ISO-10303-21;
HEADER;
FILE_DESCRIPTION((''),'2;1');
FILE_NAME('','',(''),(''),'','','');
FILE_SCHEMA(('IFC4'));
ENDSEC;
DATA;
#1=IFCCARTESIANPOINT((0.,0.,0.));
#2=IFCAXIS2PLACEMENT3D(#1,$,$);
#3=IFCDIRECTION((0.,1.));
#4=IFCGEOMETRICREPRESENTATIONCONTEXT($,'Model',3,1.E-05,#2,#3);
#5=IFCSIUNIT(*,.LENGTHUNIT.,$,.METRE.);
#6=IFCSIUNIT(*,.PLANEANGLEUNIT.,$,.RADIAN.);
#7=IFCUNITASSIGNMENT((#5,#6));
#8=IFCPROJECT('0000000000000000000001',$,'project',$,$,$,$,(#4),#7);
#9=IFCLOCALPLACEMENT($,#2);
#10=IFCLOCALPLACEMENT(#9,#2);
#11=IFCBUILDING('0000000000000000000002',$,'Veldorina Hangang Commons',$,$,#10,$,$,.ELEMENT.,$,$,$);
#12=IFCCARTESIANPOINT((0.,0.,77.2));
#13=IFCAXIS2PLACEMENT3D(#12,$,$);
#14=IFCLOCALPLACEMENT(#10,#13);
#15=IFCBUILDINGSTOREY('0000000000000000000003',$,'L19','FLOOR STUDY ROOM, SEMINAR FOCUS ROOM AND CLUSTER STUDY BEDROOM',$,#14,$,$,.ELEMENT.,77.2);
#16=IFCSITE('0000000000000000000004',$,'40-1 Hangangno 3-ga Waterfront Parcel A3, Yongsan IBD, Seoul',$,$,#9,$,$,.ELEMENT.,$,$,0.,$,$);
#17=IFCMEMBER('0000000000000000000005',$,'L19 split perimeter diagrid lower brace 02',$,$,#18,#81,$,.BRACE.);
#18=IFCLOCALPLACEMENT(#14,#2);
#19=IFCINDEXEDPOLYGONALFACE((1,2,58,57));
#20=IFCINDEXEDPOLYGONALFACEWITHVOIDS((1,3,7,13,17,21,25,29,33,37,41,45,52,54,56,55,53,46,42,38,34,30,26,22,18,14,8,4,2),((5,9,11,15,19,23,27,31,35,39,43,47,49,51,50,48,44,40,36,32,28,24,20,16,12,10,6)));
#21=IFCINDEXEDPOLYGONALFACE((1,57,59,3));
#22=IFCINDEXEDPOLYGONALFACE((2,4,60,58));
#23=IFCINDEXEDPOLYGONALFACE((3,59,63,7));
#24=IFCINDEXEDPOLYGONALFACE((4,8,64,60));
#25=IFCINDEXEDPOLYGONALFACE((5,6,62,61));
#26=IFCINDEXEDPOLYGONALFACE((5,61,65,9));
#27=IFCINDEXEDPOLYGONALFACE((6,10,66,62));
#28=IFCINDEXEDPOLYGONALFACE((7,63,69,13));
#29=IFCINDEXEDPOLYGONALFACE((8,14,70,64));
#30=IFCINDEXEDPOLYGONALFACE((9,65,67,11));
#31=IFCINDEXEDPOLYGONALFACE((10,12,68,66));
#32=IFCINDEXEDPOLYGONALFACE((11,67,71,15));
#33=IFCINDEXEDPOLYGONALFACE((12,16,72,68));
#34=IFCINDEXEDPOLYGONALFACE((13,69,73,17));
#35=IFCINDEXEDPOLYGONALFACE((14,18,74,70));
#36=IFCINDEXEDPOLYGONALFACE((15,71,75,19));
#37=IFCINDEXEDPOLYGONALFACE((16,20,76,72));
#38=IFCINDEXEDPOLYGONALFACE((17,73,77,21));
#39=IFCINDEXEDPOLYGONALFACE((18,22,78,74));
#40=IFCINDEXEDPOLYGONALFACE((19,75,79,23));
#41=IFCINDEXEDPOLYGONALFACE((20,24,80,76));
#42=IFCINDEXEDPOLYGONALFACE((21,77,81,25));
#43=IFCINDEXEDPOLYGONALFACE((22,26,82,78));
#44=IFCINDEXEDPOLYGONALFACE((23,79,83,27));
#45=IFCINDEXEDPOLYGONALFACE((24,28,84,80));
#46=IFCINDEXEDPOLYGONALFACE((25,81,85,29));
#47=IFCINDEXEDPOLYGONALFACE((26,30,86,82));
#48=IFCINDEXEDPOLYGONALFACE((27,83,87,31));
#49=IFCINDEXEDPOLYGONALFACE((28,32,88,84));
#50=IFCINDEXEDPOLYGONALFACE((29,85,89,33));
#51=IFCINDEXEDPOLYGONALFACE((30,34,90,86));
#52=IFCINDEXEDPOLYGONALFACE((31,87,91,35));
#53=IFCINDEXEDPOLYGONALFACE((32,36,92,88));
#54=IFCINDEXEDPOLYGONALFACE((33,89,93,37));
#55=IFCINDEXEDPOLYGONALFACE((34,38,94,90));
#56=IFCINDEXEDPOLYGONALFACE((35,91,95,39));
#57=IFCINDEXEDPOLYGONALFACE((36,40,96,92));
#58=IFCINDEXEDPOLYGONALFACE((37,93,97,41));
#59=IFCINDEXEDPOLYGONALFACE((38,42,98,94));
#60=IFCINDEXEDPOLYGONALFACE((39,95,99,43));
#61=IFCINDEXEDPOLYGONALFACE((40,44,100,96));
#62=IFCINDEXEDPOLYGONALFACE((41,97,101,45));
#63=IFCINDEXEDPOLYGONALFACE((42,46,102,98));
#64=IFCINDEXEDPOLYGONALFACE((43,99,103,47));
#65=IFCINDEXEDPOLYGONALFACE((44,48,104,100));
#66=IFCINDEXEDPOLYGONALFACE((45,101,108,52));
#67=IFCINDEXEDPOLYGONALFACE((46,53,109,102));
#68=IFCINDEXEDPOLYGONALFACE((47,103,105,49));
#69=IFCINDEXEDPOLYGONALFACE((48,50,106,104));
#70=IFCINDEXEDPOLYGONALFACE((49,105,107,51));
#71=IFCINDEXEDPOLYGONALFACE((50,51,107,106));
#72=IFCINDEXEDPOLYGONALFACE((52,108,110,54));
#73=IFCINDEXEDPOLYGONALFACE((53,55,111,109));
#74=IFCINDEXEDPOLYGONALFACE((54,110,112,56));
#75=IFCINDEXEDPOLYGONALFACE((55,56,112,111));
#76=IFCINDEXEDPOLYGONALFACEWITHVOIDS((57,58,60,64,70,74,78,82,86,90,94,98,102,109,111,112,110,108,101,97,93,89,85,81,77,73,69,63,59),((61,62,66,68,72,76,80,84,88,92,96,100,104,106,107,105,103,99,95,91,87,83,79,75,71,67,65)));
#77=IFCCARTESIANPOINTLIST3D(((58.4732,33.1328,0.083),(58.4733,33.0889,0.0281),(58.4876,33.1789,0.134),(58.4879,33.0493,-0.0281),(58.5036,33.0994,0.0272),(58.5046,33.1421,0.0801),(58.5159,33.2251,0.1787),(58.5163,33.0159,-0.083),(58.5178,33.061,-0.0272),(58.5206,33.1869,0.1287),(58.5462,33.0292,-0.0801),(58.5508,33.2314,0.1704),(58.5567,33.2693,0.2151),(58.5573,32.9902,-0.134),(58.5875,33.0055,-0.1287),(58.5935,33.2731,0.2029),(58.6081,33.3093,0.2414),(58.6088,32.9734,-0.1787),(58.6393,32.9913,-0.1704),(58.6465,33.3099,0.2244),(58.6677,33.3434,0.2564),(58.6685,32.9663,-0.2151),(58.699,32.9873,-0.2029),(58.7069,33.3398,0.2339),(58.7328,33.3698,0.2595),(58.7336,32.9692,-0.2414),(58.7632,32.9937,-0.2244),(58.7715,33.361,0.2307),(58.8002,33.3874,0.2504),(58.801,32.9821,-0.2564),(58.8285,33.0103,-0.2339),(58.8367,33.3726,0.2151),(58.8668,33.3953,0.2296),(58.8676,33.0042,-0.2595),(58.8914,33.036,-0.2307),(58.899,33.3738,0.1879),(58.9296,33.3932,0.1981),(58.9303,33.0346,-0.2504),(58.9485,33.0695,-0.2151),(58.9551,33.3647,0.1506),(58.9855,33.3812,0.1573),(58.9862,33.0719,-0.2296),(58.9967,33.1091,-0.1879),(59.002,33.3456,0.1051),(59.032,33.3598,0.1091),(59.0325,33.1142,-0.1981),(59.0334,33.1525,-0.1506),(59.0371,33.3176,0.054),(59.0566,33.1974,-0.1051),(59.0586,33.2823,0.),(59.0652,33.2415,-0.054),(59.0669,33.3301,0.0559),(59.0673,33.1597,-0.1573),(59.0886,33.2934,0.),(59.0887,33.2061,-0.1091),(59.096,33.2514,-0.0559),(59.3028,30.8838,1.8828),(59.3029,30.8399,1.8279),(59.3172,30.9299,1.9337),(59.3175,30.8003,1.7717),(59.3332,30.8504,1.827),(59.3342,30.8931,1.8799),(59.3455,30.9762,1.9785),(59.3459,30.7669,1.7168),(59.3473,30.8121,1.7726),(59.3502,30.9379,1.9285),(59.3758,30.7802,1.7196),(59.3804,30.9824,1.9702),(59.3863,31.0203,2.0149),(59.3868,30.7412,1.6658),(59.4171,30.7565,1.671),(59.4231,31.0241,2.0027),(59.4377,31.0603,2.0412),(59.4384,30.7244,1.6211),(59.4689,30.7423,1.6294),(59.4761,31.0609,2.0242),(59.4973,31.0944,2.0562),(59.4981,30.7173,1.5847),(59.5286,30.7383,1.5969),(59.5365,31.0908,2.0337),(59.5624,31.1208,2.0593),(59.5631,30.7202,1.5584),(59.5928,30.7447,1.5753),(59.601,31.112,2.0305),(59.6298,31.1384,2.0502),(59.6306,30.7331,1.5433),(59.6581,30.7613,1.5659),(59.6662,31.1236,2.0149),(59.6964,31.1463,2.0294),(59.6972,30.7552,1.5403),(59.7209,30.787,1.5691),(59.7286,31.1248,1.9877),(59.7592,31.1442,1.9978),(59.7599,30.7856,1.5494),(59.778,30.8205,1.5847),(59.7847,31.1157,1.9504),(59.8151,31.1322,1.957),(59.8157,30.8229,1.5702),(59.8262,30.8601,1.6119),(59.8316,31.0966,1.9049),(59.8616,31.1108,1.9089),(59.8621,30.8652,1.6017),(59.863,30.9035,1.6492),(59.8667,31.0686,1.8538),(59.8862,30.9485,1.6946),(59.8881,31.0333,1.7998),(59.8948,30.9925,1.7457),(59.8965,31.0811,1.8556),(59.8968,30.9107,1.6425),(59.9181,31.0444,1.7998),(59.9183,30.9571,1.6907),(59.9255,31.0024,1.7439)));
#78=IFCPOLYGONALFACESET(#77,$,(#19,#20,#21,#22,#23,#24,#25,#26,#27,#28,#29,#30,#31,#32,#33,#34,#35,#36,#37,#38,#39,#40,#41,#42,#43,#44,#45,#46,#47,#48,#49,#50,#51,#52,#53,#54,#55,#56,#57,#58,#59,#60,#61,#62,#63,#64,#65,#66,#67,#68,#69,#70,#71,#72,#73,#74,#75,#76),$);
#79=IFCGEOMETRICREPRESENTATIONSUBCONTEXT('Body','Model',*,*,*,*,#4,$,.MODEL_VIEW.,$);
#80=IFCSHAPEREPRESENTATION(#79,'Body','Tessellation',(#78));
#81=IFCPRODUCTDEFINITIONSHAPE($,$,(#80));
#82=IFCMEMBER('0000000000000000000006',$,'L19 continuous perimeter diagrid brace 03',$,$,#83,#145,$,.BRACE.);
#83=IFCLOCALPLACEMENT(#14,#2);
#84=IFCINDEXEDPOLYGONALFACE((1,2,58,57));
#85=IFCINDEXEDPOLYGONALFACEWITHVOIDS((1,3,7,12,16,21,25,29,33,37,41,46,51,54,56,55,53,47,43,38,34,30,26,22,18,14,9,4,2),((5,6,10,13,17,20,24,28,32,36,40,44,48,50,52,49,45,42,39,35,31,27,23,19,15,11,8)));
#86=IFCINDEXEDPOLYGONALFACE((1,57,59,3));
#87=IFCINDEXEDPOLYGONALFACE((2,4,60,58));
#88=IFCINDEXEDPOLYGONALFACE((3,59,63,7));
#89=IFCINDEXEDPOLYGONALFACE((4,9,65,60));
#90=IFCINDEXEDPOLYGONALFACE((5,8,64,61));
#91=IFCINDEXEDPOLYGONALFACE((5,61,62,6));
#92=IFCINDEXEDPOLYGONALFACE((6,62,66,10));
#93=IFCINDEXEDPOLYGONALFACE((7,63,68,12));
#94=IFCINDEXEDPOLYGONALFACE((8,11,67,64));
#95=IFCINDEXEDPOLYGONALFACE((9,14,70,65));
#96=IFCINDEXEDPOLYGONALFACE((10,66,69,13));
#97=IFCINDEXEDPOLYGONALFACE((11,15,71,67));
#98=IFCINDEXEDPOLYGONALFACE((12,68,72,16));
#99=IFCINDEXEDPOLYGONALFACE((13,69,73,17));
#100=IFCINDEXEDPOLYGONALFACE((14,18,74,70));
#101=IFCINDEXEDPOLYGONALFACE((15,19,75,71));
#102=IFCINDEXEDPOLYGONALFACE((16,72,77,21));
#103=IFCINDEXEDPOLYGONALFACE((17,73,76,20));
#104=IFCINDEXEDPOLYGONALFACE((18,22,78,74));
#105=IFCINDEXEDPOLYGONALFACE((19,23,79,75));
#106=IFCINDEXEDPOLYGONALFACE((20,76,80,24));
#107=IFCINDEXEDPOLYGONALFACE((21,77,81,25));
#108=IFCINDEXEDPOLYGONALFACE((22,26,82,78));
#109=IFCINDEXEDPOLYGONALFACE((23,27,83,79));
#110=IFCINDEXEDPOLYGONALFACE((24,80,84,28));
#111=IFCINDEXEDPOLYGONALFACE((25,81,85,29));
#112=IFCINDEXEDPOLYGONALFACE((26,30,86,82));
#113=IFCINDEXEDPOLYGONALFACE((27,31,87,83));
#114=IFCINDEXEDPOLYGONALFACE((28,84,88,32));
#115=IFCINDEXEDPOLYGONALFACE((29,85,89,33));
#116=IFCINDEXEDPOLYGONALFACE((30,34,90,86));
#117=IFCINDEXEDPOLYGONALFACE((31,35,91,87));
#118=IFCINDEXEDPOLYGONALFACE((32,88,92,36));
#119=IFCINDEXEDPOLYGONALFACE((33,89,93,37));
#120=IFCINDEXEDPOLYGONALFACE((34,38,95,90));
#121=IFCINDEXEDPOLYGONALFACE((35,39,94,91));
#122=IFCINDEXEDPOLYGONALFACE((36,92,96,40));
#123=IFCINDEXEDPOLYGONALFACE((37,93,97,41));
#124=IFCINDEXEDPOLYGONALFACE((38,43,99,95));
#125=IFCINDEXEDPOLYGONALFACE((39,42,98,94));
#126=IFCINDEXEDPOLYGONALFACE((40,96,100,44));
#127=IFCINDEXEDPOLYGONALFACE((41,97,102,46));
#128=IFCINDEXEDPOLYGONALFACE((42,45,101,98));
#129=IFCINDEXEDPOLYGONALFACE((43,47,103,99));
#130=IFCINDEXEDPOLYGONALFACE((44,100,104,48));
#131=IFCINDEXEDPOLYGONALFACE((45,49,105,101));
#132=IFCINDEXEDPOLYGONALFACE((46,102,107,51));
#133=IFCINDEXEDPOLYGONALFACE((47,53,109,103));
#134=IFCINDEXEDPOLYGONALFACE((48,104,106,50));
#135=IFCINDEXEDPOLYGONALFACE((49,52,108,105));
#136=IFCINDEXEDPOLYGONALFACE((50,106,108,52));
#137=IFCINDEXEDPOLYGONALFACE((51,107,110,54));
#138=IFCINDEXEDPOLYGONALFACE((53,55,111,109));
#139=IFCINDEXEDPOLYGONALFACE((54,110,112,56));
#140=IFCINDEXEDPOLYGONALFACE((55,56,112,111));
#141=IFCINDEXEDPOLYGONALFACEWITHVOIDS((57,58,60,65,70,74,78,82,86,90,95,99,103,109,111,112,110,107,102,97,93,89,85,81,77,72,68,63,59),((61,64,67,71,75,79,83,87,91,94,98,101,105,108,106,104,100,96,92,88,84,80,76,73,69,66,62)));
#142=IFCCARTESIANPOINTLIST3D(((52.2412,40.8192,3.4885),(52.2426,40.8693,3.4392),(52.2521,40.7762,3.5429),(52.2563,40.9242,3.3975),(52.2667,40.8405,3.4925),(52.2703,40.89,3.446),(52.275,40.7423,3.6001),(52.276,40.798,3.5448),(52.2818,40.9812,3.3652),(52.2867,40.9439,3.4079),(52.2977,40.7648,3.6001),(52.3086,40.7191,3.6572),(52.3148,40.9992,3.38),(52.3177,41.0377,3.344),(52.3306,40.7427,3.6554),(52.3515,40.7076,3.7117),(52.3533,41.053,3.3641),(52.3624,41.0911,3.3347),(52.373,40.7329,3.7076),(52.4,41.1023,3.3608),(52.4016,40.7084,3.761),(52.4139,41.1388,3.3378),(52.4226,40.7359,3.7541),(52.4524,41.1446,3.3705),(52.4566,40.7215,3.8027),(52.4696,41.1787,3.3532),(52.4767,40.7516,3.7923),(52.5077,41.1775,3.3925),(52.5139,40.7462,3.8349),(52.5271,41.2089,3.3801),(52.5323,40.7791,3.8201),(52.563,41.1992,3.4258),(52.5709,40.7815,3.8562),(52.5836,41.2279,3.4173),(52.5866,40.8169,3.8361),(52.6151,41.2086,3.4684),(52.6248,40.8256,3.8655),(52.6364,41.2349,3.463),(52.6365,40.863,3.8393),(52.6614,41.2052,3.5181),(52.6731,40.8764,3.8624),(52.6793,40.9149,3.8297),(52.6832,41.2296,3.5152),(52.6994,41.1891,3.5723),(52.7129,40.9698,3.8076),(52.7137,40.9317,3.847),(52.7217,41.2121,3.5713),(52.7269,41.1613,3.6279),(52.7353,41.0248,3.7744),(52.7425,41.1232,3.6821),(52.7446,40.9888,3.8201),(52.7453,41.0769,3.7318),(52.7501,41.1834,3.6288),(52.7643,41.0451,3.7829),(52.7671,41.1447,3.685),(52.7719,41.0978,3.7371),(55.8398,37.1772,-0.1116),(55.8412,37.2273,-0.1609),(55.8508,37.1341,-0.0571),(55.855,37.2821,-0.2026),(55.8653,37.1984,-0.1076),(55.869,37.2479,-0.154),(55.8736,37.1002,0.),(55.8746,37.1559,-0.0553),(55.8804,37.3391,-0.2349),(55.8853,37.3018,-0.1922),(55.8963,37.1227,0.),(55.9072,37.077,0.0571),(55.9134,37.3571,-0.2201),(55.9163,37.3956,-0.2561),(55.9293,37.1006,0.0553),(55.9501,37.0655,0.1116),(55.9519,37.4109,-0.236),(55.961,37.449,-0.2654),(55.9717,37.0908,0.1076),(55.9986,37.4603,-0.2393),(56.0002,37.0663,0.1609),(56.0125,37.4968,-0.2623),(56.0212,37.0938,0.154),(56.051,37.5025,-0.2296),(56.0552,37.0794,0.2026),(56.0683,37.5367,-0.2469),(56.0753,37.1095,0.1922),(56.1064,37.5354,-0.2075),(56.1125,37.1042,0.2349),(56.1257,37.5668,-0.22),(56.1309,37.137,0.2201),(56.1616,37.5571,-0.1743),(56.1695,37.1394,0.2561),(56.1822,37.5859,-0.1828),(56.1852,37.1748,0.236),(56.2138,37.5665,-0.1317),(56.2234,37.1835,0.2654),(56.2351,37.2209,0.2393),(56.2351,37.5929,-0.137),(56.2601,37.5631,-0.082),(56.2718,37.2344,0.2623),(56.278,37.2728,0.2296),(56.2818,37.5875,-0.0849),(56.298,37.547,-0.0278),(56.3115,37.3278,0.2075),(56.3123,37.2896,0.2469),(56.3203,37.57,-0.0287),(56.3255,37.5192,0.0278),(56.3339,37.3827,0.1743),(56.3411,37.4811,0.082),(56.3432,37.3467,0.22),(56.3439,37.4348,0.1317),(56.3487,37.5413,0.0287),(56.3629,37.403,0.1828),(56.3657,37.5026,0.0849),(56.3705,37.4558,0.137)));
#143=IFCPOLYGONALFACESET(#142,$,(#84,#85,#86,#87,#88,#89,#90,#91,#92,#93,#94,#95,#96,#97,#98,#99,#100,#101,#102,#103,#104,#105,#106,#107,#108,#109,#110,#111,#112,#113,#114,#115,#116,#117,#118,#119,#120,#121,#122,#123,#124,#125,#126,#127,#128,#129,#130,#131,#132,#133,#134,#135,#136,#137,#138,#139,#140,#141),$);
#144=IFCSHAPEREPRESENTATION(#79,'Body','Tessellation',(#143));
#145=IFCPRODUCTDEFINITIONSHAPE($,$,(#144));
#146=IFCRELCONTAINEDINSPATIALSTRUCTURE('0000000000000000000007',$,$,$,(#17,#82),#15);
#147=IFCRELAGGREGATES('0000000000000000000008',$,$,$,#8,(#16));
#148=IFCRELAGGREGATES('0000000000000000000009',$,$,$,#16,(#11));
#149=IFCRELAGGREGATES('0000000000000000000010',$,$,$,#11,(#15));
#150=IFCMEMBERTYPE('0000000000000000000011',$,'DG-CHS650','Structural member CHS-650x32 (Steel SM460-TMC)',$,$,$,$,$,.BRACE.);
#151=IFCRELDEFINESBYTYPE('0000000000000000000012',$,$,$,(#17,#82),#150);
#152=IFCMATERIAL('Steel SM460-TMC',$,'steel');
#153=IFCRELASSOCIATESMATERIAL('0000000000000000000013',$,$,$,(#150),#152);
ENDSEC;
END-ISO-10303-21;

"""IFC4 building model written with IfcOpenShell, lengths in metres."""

from ifc_helpers import new_model, si_unit, direction, frame, origin, origin_2d, place, context, subcontext, project, spatial, hollow_circle, extrude, material, material_profile, profile_set, type_object, element, save


model = new_model("IFC4")

# Units and contexts
model_context = context("Model", 3, precision=1e-05, world=origin(), true_north=direction((0.0, 1.0)))
body_context = subcontext(model_context, "Body", "Model", "MODEL_VIEW")
ifc_project = project(units=[si_unit("LENGTHUNIT", "METRE"), si_unit("PLANEANGLEUNIT", "RADIAN")], contexts=[model_context])

# Site, building, storey
site_placement = place(None, origin())
site = spatial("IfcSite", under=ifc_project, at=site_placement, Name="40-1 Hangangno 3-ga Waterfront Parcel A3, Yongsan IBD, Seoul", CompositionType="ELEMENT", RefElevation=0.0)
building_placement = place(site_placement, origin())
building = spatial("IfcBuilding", under=site, at=building_placement, Name="Veldorina Hangang Commons", CompositionType="ELEMENT")
storey_placement = place(building_placement, frame((0.0, 0.0, 77.2)))
storey = spatial("IfcBuildingStorey", under=building, at=storey_placement, Name="L19", Description="FLOOR STUDY ROOM, SEMINAR FOCUS ROOM AND CLUSTER STUDY BEDROOM", CompositionType="ELEMENT", Elevation=77.2)

# Members
ifc_material_1 = material(Name="Steel SM460-TMC", Category="steel")
ifc_material_profile_1 = material_profile(ifc_material_1, hollow_circle(Radius=0.325, WallThickness=0.032, at=origin_2d()), Name="CHS-650x32")
ifc_profile_set_1 = profile_set([ifc_material_profile_1], Name="Steel SM460-TMC")
member_type = type_object("IfcMemberType", Name="DG-CHS650", Description="Structural member CHS-650x32 (Steel SM460-TMC)", PredefinedType="BRACE", material=ifc_profile_set_1)
member_1_placement = place(storey_placement, frame((58.7837, 33.1809, 0.0), z_axis=(0.276751, -0.750274, 0.600415), x_axis=(0.938207, 0.346073, 0.0)))
element("IfcMember", 1, at=member_1_placement, inside=storey, type_object=member_type, Name="L19 split perimeter diagrid lower brace 02", PredefinedType="BRACE", context=body_context, shape_type="SweptSolid", body=[
    extrude(hollow_circle(Radius=0.325, WallThickness=0.032, at=origin_2d()), origin(), (0.0, 0.0, 1.0), 2.9976),
])
member_2_placement = place(storey_placement, frame((56.1047, 37.3286, 0.0), z_axis=(-0.574949, 0.581892, 0.575183), x_axis=(-0.711338, -0.70285, 0.0)))
element("IfcMember", 2, at=member_2_placement, inside=storey, type_object=member_type, Name="L19 continuous perimeter diagrid brace 03", PredefinedType="BRACE", context=body_context, shape_type="SweptSolid", body=[
    extrude(hollow_circle(Radius=0.325, WallThickness=0.032, at=origin_2d()), origin(), (0.0, 0.0, 1.0), 6.259),
])

save(model, "model.ifc")
